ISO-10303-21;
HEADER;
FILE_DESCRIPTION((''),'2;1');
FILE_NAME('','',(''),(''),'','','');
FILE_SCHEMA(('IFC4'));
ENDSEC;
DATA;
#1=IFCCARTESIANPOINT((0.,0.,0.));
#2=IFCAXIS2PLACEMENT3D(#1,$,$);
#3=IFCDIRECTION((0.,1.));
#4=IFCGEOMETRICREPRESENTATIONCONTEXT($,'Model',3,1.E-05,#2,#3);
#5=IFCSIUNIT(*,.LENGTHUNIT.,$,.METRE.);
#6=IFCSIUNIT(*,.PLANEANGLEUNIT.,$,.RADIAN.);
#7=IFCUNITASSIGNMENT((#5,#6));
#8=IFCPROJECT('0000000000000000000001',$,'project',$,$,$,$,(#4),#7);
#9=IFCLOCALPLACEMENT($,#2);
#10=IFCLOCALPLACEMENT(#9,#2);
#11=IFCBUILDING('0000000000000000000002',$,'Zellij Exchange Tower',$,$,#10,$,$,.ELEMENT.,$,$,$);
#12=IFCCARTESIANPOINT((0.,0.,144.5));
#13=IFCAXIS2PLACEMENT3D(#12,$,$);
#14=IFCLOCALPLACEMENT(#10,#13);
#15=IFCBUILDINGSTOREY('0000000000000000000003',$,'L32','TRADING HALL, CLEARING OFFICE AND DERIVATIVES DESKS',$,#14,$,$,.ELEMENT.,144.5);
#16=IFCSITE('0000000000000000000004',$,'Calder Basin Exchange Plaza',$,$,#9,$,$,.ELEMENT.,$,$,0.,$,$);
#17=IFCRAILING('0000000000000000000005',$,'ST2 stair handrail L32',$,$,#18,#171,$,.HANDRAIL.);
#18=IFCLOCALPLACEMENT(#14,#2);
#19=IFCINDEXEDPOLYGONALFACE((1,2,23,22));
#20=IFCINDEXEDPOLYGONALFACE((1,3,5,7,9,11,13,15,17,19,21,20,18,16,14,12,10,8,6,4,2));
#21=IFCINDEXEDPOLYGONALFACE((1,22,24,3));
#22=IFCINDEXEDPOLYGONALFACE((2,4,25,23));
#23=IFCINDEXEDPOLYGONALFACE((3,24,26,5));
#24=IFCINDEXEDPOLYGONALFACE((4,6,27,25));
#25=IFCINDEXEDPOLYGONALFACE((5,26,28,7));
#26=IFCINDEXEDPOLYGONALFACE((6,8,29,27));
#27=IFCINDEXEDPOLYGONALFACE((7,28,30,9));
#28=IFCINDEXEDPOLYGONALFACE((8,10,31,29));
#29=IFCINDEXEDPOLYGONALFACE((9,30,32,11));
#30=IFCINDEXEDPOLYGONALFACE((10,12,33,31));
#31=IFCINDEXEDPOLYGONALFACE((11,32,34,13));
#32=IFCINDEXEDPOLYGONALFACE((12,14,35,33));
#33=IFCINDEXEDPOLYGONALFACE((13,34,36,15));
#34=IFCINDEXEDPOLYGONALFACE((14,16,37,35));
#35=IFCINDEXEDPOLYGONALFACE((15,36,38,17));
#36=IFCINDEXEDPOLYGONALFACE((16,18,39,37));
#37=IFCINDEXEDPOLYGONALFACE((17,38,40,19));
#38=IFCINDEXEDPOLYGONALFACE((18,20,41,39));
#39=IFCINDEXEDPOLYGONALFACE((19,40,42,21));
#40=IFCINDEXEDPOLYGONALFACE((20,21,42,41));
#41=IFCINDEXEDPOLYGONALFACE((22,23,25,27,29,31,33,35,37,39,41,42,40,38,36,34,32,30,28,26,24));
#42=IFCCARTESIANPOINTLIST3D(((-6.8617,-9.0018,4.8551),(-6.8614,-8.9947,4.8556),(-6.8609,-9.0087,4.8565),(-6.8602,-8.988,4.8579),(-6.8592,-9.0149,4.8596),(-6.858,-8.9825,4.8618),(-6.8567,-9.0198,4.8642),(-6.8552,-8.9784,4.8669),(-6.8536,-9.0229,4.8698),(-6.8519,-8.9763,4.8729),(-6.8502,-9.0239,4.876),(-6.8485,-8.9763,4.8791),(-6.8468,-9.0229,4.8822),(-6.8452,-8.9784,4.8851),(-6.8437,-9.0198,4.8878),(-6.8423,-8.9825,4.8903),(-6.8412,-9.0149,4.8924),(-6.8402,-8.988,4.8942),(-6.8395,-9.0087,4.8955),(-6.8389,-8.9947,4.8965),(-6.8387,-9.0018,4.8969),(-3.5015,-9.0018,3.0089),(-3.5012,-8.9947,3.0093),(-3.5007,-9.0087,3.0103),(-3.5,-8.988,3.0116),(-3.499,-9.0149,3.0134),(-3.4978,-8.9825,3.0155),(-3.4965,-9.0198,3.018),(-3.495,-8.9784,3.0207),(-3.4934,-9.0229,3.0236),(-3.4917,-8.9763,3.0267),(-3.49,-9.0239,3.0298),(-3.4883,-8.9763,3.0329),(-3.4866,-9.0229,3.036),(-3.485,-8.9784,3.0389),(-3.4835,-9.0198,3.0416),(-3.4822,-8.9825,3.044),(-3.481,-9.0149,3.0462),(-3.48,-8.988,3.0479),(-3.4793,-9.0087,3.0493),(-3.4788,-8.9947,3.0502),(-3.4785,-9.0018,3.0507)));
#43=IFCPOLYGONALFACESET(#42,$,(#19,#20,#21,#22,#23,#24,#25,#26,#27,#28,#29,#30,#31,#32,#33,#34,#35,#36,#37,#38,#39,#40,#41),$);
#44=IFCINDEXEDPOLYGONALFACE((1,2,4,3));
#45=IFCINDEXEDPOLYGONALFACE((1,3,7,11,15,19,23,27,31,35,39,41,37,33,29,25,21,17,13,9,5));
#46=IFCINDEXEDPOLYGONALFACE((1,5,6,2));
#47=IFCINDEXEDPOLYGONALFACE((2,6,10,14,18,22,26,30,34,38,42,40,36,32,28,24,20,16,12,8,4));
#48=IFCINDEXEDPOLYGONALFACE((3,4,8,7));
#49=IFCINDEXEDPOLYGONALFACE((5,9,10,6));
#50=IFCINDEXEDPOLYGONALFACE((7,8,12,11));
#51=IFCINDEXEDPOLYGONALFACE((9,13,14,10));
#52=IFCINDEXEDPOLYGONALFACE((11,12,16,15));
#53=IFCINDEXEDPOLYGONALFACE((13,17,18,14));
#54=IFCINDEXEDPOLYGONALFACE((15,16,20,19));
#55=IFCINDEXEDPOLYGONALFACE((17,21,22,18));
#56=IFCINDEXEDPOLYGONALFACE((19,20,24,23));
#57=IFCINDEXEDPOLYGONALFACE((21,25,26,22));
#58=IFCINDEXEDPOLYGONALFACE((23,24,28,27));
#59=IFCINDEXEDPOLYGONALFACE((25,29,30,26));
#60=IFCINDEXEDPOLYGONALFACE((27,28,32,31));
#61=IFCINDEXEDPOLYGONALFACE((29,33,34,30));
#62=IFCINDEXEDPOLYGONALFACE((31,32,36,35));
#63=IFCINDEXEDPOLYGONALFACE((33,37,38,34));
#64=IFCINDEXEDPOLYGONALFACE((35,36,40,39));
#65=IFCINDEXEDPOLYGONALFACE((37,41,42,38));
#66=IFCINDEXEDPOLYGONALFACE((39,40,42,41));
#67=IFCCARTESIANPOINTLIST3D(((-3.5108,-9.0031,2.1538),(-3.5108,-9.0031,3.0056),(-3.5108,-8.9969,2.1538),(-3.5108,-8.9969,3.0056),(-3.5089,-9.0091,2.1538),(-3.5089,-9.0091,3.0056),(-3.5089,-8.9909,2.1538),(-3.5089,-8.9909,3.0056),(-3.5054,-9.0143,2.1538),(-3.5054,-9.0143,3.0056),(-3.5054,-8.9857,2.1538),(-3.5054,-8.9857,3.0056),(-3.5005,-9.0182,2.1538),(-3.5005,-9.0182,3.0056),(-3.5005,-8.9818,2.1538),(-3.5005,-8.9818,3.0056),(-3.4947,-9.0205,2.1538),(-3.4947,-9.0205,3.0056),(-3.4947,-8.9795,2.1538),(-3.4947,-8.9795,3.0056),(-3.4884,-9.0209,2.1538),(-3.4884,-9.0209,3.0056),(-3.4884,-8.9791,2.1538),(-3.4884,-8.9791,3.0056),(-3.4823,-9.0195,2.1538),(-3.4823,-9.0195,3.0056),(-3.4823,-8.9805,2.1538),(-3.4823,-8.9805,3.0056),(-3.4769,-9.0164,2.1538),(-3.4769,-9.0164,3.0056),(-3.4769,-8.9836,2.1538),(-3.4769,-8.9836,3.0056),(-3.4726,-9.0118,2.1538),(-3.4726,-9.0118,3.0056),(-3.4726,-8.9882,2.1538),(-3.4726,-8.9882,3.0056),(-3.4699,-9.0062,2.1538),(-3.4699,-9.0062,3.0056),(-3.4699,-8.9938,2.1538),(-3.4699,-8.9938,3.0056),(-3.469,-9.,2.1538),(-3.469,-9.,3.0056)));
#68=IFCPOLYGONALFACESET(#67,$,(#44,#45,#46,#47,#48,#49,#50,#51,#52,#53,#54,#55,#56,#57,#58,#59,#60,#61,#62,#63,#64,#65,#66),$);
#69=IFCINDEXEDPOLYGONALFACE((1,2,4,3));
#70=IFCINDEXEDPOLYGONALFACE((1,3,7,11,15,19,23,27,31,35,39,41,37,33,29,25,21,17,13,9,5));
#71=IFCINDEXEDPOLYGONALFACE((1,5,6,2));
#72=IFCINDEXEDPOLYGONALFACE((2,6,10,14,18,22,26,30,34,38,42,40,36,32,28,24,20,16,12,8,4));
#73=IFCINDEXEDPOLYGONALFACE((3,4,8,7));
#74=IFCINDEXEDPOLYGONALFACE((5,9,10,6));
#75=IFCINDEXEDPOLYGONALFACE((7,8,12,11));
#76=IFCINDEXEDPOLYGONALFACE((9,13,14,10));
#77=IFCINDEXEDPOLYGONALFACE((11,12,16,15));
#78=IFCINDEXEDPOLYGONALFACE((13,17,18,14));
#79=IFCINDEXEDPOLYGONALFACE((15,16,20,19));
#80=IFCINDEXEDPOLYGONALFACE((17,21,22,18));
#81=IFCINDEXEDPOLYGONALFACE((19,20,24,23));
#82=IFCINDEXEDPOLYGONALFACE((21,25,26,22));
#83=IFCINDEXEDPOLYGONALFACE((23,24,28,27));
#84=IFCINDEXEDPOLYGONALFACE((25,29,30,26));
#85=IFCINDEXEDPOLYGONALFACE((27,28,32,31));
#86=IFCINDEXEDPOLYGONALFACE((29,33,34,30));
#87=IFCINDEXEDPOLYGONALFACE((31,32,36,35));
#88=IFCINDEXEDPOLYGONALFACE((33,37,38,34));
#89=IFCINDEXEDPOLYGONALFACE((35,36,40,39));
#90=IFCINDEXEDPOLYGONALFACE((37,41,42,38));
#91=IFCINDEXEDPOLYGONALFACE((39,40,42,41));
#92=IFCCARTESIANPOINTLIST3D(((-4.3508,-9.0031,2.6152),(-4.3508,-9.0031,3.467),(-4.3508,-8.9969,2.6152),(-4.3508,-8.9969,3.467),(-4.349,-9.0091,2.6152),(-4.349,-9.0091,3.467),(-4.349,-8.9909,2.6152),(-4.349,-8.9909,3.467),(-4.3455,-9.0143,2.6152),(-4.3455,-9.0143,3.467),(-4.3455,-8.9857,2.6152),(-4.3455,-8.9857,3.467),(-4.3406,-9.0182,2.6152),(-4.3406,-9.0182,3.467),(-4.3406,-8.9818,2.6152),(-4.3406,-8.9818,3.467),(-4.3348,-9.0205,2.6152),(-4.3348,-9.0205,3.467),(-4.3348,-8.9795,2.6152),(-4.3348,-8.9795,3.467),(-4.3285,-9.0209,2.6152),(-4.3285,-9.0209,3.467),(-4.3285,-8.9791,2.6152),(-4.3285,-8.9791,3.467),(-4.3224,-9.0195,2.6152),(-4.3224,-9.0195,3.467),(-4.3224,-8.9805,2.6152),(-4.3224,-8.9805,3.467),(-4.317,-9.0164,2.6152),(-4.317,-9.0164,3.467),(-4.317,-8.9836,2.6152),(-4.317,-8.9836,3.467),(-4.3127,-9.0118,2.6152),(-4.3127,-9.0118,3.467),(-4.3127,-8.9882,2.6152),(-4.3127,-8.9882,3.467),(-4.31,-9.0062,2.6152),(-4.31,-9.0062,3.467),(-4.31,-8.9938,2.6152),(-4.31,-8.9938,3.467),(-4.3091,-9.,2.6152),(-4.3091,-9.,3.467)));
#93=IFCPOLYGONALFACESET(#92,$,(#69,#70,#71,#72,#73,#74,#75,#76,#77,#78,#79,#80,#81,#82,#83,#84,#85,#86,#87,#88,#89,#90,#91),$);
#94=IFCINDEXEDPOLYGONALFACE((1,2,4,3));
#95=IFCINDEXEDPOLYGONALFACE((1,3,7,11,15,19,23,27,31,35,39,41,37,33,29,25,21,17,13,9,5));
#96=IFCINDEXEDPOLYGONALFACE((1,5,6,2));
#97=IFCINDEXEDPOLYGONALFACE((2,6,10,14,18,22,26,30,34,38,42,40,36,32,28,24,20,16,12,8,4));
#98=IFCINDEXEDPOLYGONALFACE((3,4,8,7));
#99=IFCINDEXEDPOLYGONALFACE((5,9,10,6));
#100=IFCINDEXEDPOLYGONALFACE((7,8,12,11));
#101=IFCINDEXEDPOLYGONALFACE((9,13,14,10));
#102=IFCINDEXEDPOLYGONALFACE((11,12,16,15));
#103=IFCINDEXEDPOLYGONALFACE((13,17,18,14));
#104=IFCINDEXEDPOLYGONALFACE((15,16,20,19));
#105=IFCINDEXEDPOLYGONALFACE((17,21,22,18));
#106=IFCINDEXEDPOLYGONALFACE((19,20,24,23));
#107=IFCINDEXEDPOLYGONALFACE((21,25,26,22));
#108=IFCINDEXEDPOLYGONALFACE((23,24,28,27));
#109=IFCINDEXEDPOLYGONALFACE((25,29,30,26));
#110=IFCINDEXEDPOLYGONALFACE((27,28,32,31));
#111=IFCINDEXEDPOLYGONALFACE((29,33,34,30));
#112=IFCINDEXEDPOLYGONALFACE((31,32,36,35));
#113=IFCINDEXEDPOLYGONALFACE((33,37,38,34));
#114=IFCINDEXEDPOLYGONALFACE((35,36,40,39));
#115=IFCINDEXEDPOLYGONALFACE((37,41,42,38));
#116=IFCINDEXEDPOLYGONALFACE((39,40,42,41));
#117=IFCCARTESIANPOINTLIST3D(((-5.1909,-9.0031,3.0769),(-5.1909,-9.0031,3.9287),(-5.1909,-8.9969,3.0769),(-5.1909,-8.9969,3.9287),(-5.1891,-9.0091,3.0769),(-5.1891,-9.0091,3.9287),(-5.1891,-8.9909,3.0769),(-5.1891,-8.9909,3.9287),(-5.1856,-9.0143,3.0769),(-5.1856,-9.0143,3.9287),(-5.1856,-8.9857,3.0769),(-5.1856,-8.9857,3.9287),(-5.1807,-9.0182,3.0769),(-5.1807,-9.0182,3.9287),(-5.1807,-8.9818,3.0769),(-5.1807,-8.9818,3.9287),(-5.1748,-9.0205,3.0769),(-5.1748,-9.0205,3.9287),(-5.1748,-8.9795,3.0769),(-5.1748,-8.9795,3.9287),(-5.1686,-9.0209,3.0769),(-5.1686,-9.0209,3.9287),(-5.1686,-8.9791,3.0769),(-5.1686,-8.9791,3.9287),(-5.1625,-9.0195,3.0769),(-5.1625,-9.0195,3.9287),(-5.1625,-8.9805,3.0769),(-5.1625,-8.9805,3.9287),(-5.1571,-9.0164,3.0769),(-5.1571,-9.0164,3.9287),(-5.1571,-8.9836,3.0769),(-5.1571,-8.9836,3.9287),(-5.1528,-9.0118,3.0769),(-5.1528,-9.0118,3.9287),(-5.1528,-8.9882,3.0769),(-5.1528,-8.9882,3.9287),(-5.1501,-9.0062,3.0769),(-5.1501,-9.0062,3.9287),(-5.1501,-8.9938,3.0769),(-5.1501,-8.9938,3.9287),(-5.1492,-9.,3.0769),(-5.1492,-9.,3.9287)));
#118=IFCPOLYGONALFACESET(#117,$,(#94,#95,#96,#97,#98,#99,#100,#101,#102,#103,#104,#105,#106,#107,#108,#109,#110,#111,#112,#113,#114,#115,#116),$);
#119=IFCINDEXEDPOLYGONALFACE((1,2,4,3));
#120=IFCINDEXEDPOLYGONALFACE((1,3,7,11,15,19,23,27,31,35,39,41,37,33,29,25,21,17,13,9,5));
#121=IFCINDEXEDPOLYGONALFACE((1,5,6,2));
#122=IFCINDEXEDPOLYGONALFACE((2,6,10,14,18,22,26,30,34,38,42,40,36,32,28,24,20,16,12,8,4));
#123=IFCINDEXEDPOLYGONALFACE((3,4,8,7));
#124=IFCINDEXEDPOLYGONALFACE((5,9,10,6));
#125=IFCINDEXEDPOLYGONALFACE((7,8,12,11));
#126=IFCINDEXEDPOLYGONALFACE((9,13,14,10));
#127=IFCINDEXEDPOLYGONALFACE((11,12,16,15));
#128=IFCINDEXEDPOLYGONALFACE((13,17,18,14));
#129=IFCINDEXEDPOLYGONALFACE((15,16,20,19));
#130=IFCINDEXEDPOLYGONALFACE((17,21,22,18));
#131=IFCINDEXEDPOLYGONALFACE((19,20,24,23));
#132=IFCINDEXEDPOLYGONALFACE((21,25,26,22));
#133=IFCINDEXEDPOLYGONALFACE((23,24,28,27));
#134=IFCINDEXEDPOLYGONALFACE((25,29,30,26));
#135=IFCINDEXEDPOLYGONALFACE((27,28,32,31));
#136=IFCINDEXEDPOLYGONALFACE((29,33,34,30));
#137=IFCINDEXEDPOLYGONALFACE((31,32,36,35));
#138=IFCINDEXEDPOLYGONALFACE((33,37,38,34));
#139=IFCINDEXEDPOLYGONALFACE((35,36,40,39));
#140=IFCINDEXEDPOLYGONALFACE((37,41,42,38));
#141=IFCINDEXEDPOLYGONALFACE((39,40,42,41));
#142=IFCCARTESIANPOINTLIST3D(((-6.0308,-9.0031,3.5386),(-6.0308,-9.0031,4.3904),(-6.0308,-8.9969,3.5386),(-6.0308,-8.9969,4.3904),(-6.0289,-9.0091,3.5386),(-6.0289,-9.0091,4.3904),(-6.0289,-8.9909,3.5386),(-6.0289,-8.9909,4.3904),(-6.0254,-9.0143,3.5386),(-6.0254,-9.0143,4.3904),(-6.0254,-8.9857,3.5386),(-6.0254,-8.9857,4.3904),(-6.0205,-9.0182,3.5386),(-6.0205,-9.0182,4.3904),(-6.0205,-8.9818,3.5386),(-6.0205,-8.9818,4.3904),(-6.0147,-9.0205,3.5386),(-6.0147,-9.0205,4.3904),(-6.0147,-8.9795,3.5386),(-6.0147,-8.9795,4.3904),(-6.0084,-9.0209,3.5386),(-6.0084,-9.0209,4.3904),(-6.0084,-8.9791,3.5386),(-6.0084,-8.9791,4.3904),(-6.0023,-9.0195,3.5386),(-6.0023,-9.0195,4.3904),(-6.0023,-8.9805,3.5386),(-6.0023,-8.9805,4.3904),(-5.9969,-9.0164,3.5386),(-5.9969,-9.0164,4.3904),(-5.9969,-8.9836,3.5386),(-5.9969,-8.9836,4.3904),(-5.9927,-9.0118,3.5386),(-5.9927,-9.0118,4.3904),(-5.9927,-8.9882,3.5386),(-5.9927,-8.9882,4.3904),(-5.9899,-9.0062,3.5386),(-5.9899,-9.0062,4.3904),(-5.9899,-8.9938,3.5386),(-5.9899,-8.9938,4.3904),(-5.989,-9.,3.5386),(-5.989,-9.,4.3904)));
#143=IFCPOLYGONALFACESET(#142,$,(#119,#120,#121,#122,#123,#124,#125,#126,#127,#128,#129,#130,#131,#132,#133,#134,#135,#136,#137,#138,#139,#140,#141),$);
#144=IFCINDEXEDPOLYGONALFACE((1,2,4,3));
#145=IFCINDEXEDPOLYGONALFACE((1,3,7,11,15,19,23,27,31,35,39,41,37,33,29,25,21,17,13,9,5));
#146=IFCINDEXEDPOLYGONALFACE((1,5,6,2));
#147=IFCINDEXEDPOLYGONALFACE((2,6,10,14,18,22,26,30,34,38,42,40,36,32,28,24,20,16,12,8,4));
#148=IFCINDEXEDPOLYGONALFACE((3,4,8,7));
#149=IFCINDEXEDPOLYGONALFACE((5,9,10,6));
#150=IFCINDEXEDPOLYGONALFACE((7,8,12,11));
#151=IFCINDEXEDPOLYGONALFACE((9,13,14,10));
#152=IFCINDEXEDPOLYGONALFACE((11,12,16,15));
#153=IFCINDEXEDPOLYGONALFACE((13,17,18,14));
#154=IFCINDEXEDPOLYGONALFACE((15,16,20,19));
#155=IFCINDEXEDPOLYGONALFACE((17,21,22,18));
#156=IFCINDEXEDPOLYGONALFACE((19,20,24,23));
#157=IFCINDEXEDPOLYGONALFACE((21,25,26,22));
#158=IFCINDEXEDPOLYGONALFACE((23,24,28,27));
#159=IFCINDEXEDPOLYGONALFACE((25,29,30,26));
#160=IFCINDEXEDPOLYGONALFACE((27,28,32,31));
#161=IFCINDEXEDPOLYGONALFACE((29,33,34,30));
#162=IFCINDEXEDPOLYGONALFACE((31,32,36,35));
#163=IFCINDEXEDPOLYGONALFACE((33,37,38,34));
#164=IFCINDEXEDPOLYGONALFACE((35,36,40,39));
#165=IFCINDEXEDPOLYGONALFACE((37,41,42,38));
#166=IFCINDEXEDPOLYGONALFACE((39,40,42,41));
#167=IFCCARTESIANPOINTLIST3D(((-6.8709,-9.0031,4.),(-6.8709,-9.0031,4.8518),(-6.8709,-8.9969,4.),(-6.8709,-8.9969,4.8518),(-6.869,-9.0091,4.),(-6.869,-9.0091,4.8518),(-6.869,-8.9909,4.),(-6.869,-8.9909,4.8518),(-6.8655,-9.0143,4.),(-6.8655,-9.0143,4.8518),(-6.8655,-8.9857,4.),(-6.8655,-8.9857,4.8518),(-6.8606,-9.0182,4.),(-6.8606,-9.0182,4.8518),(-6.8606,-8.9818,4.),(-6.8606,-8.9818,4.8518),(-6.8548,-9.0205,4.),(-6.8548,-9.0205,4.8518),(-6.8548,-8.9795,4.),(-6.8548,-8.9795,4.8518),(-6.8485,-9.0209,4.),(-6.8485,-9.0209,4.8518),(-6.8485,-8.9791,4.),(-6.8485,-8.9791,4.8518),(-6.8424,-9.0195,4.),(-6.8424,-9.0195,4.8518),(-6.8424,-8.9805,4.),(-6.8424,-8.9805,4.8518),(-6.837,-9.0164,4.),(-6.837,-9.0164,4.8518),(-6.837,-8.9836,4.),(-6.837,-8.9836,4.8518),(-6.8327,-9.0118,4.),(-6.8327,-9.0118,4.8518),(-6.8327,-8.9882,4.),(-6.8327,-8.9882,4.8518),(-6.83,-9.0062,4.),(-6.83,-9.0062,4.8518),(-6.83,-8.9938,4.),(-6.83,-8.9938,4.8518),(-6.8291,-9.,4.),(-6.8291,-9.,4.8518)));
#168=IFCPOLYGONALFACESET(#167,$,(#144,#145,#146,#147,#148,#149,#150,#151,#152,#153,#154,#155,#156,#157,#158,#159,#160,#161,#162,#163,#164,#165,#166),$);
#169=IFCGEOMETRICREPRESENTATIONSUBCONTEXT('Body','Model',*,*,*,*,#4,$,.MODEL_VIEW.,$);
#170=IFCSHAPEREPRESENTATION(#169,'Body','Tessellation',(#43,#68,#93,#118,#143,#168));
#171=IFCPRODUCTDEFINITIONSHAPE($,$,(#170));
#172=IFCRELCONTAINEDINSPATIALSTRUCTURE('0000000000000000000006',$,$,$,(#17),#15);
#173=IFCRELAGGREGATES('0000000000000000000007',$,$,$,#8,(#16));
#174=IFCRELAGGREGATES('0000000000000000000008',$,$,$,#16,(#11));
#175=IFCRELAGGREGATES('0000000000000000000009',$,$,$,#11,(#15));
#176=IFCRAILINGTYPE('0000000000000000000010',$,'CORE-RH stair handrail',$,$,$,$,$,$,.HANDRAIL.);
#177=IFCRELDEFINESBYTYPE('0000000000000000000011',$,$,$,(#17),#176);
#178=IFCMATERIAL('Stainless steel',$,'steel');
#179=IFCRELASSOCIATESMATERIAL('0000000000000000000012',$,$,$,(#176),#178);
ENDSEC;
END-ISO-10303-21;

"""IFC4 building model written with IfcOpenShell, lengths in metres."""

from ifc_helpers import new_model, si_unit, direction, frame, origin, origin_2d, place, context, subcontext, project, spatial, circle, extrude, material, type_object, element, save


model = new_model("IFC4")

# Units and contexts
model_context = context("Model", 3, precision=1e-05, world=origin(), true_north=direction((0.0, 1.0)))
body_context = subcontext(model_context, "Body", "Model", "MODEL_VIEW")
ifc_project = project(units=[si_unit("LENGTHUNIT", "METRE"), si_unit("PLANEANGLEUNIT", "RADIAN")], contexts=[model_context])

# Site, building, storey
site_placement = place(None, origin())
site = spatial("IfcSite", under=ifc_project, at=site_placement, Name="Calder Basin Exchange Plaza", CompositionType="ELEMENT", RefElevation=0.0)
building_placement = place(site_placement, origin())
building = spatial("IfcBuilding", under=site, at=building_placement, Name="Zellij Exchange Tower", CompositionType="ELEMENT")
storey_placement = place(building_placement, frame((0.0, 0.0, 144.5)))
storey = spatial("IfcBuildingStorey", under=building, at=storey_placement, Name="L32", Description="TRADING HALL, CLEARING OFFICE AND DERIVATIVES DESKS", CompositionType="ELEMENT", Elevation=144.5)

# Railing
ifc_material_1 = material(Name="Stainless steel", Category="steel")
railing_type_1 = type_object("IfcRailingType", Name="CORE-RH stair handrail", PredefinedType="HANDRAIL", material=ifc_material_1)
railing_1_placement = place(storey_placement, frame((-3.49, -9.0, 2.1538)))
element("IfcRailing", 1, at=railing_1_placement, inside=storey, type_object=railing_type_1, Name="ST2 stair handrail L32", PredefinedType="HANDRAIL", context=body_context, shape_type="SweptSolid", body=[
    extrude(circle(Radius=0.0239, at=origin_2d()), frame((0.0, 0.0, 0.876), z_axis=(-0.876422, 0.0, 0.481545), x_axis=(0.0, -1.0, 0.0)), (0.0, 0.0, 1.0), 3.834),
    extrude(circle(Radius=0.021, at=origin_2d()), origin(), (0.0, 0.0, 1.0), 0.8518),
    extrude(circle(Radius=0.021, at=origin_2d()), frame((-0.8401, 0.0, 0.4614)), (0.0, 0.0, 1.0), 0.8518),
    extrude(circle(Radius=0.021, at=origin_2d()), frame((-1.6802, 0.0, 0.9231)), (0.0, 0.0, 1.0), 0.8518),
    extrude(circle(Radius=0.021, at=origin_2d()), frame((-2.52, 0.0, 1.3848)), (0.0, 0.0, 1.0), 0.8518),
    extrude(circle(Radius=0.021, at=origin_2d()), frame((-3.3601, 0.0, 1.8462)), (0.0, 0.0, 1.0), 0.8518),
])

save(model, "model.ifc")
